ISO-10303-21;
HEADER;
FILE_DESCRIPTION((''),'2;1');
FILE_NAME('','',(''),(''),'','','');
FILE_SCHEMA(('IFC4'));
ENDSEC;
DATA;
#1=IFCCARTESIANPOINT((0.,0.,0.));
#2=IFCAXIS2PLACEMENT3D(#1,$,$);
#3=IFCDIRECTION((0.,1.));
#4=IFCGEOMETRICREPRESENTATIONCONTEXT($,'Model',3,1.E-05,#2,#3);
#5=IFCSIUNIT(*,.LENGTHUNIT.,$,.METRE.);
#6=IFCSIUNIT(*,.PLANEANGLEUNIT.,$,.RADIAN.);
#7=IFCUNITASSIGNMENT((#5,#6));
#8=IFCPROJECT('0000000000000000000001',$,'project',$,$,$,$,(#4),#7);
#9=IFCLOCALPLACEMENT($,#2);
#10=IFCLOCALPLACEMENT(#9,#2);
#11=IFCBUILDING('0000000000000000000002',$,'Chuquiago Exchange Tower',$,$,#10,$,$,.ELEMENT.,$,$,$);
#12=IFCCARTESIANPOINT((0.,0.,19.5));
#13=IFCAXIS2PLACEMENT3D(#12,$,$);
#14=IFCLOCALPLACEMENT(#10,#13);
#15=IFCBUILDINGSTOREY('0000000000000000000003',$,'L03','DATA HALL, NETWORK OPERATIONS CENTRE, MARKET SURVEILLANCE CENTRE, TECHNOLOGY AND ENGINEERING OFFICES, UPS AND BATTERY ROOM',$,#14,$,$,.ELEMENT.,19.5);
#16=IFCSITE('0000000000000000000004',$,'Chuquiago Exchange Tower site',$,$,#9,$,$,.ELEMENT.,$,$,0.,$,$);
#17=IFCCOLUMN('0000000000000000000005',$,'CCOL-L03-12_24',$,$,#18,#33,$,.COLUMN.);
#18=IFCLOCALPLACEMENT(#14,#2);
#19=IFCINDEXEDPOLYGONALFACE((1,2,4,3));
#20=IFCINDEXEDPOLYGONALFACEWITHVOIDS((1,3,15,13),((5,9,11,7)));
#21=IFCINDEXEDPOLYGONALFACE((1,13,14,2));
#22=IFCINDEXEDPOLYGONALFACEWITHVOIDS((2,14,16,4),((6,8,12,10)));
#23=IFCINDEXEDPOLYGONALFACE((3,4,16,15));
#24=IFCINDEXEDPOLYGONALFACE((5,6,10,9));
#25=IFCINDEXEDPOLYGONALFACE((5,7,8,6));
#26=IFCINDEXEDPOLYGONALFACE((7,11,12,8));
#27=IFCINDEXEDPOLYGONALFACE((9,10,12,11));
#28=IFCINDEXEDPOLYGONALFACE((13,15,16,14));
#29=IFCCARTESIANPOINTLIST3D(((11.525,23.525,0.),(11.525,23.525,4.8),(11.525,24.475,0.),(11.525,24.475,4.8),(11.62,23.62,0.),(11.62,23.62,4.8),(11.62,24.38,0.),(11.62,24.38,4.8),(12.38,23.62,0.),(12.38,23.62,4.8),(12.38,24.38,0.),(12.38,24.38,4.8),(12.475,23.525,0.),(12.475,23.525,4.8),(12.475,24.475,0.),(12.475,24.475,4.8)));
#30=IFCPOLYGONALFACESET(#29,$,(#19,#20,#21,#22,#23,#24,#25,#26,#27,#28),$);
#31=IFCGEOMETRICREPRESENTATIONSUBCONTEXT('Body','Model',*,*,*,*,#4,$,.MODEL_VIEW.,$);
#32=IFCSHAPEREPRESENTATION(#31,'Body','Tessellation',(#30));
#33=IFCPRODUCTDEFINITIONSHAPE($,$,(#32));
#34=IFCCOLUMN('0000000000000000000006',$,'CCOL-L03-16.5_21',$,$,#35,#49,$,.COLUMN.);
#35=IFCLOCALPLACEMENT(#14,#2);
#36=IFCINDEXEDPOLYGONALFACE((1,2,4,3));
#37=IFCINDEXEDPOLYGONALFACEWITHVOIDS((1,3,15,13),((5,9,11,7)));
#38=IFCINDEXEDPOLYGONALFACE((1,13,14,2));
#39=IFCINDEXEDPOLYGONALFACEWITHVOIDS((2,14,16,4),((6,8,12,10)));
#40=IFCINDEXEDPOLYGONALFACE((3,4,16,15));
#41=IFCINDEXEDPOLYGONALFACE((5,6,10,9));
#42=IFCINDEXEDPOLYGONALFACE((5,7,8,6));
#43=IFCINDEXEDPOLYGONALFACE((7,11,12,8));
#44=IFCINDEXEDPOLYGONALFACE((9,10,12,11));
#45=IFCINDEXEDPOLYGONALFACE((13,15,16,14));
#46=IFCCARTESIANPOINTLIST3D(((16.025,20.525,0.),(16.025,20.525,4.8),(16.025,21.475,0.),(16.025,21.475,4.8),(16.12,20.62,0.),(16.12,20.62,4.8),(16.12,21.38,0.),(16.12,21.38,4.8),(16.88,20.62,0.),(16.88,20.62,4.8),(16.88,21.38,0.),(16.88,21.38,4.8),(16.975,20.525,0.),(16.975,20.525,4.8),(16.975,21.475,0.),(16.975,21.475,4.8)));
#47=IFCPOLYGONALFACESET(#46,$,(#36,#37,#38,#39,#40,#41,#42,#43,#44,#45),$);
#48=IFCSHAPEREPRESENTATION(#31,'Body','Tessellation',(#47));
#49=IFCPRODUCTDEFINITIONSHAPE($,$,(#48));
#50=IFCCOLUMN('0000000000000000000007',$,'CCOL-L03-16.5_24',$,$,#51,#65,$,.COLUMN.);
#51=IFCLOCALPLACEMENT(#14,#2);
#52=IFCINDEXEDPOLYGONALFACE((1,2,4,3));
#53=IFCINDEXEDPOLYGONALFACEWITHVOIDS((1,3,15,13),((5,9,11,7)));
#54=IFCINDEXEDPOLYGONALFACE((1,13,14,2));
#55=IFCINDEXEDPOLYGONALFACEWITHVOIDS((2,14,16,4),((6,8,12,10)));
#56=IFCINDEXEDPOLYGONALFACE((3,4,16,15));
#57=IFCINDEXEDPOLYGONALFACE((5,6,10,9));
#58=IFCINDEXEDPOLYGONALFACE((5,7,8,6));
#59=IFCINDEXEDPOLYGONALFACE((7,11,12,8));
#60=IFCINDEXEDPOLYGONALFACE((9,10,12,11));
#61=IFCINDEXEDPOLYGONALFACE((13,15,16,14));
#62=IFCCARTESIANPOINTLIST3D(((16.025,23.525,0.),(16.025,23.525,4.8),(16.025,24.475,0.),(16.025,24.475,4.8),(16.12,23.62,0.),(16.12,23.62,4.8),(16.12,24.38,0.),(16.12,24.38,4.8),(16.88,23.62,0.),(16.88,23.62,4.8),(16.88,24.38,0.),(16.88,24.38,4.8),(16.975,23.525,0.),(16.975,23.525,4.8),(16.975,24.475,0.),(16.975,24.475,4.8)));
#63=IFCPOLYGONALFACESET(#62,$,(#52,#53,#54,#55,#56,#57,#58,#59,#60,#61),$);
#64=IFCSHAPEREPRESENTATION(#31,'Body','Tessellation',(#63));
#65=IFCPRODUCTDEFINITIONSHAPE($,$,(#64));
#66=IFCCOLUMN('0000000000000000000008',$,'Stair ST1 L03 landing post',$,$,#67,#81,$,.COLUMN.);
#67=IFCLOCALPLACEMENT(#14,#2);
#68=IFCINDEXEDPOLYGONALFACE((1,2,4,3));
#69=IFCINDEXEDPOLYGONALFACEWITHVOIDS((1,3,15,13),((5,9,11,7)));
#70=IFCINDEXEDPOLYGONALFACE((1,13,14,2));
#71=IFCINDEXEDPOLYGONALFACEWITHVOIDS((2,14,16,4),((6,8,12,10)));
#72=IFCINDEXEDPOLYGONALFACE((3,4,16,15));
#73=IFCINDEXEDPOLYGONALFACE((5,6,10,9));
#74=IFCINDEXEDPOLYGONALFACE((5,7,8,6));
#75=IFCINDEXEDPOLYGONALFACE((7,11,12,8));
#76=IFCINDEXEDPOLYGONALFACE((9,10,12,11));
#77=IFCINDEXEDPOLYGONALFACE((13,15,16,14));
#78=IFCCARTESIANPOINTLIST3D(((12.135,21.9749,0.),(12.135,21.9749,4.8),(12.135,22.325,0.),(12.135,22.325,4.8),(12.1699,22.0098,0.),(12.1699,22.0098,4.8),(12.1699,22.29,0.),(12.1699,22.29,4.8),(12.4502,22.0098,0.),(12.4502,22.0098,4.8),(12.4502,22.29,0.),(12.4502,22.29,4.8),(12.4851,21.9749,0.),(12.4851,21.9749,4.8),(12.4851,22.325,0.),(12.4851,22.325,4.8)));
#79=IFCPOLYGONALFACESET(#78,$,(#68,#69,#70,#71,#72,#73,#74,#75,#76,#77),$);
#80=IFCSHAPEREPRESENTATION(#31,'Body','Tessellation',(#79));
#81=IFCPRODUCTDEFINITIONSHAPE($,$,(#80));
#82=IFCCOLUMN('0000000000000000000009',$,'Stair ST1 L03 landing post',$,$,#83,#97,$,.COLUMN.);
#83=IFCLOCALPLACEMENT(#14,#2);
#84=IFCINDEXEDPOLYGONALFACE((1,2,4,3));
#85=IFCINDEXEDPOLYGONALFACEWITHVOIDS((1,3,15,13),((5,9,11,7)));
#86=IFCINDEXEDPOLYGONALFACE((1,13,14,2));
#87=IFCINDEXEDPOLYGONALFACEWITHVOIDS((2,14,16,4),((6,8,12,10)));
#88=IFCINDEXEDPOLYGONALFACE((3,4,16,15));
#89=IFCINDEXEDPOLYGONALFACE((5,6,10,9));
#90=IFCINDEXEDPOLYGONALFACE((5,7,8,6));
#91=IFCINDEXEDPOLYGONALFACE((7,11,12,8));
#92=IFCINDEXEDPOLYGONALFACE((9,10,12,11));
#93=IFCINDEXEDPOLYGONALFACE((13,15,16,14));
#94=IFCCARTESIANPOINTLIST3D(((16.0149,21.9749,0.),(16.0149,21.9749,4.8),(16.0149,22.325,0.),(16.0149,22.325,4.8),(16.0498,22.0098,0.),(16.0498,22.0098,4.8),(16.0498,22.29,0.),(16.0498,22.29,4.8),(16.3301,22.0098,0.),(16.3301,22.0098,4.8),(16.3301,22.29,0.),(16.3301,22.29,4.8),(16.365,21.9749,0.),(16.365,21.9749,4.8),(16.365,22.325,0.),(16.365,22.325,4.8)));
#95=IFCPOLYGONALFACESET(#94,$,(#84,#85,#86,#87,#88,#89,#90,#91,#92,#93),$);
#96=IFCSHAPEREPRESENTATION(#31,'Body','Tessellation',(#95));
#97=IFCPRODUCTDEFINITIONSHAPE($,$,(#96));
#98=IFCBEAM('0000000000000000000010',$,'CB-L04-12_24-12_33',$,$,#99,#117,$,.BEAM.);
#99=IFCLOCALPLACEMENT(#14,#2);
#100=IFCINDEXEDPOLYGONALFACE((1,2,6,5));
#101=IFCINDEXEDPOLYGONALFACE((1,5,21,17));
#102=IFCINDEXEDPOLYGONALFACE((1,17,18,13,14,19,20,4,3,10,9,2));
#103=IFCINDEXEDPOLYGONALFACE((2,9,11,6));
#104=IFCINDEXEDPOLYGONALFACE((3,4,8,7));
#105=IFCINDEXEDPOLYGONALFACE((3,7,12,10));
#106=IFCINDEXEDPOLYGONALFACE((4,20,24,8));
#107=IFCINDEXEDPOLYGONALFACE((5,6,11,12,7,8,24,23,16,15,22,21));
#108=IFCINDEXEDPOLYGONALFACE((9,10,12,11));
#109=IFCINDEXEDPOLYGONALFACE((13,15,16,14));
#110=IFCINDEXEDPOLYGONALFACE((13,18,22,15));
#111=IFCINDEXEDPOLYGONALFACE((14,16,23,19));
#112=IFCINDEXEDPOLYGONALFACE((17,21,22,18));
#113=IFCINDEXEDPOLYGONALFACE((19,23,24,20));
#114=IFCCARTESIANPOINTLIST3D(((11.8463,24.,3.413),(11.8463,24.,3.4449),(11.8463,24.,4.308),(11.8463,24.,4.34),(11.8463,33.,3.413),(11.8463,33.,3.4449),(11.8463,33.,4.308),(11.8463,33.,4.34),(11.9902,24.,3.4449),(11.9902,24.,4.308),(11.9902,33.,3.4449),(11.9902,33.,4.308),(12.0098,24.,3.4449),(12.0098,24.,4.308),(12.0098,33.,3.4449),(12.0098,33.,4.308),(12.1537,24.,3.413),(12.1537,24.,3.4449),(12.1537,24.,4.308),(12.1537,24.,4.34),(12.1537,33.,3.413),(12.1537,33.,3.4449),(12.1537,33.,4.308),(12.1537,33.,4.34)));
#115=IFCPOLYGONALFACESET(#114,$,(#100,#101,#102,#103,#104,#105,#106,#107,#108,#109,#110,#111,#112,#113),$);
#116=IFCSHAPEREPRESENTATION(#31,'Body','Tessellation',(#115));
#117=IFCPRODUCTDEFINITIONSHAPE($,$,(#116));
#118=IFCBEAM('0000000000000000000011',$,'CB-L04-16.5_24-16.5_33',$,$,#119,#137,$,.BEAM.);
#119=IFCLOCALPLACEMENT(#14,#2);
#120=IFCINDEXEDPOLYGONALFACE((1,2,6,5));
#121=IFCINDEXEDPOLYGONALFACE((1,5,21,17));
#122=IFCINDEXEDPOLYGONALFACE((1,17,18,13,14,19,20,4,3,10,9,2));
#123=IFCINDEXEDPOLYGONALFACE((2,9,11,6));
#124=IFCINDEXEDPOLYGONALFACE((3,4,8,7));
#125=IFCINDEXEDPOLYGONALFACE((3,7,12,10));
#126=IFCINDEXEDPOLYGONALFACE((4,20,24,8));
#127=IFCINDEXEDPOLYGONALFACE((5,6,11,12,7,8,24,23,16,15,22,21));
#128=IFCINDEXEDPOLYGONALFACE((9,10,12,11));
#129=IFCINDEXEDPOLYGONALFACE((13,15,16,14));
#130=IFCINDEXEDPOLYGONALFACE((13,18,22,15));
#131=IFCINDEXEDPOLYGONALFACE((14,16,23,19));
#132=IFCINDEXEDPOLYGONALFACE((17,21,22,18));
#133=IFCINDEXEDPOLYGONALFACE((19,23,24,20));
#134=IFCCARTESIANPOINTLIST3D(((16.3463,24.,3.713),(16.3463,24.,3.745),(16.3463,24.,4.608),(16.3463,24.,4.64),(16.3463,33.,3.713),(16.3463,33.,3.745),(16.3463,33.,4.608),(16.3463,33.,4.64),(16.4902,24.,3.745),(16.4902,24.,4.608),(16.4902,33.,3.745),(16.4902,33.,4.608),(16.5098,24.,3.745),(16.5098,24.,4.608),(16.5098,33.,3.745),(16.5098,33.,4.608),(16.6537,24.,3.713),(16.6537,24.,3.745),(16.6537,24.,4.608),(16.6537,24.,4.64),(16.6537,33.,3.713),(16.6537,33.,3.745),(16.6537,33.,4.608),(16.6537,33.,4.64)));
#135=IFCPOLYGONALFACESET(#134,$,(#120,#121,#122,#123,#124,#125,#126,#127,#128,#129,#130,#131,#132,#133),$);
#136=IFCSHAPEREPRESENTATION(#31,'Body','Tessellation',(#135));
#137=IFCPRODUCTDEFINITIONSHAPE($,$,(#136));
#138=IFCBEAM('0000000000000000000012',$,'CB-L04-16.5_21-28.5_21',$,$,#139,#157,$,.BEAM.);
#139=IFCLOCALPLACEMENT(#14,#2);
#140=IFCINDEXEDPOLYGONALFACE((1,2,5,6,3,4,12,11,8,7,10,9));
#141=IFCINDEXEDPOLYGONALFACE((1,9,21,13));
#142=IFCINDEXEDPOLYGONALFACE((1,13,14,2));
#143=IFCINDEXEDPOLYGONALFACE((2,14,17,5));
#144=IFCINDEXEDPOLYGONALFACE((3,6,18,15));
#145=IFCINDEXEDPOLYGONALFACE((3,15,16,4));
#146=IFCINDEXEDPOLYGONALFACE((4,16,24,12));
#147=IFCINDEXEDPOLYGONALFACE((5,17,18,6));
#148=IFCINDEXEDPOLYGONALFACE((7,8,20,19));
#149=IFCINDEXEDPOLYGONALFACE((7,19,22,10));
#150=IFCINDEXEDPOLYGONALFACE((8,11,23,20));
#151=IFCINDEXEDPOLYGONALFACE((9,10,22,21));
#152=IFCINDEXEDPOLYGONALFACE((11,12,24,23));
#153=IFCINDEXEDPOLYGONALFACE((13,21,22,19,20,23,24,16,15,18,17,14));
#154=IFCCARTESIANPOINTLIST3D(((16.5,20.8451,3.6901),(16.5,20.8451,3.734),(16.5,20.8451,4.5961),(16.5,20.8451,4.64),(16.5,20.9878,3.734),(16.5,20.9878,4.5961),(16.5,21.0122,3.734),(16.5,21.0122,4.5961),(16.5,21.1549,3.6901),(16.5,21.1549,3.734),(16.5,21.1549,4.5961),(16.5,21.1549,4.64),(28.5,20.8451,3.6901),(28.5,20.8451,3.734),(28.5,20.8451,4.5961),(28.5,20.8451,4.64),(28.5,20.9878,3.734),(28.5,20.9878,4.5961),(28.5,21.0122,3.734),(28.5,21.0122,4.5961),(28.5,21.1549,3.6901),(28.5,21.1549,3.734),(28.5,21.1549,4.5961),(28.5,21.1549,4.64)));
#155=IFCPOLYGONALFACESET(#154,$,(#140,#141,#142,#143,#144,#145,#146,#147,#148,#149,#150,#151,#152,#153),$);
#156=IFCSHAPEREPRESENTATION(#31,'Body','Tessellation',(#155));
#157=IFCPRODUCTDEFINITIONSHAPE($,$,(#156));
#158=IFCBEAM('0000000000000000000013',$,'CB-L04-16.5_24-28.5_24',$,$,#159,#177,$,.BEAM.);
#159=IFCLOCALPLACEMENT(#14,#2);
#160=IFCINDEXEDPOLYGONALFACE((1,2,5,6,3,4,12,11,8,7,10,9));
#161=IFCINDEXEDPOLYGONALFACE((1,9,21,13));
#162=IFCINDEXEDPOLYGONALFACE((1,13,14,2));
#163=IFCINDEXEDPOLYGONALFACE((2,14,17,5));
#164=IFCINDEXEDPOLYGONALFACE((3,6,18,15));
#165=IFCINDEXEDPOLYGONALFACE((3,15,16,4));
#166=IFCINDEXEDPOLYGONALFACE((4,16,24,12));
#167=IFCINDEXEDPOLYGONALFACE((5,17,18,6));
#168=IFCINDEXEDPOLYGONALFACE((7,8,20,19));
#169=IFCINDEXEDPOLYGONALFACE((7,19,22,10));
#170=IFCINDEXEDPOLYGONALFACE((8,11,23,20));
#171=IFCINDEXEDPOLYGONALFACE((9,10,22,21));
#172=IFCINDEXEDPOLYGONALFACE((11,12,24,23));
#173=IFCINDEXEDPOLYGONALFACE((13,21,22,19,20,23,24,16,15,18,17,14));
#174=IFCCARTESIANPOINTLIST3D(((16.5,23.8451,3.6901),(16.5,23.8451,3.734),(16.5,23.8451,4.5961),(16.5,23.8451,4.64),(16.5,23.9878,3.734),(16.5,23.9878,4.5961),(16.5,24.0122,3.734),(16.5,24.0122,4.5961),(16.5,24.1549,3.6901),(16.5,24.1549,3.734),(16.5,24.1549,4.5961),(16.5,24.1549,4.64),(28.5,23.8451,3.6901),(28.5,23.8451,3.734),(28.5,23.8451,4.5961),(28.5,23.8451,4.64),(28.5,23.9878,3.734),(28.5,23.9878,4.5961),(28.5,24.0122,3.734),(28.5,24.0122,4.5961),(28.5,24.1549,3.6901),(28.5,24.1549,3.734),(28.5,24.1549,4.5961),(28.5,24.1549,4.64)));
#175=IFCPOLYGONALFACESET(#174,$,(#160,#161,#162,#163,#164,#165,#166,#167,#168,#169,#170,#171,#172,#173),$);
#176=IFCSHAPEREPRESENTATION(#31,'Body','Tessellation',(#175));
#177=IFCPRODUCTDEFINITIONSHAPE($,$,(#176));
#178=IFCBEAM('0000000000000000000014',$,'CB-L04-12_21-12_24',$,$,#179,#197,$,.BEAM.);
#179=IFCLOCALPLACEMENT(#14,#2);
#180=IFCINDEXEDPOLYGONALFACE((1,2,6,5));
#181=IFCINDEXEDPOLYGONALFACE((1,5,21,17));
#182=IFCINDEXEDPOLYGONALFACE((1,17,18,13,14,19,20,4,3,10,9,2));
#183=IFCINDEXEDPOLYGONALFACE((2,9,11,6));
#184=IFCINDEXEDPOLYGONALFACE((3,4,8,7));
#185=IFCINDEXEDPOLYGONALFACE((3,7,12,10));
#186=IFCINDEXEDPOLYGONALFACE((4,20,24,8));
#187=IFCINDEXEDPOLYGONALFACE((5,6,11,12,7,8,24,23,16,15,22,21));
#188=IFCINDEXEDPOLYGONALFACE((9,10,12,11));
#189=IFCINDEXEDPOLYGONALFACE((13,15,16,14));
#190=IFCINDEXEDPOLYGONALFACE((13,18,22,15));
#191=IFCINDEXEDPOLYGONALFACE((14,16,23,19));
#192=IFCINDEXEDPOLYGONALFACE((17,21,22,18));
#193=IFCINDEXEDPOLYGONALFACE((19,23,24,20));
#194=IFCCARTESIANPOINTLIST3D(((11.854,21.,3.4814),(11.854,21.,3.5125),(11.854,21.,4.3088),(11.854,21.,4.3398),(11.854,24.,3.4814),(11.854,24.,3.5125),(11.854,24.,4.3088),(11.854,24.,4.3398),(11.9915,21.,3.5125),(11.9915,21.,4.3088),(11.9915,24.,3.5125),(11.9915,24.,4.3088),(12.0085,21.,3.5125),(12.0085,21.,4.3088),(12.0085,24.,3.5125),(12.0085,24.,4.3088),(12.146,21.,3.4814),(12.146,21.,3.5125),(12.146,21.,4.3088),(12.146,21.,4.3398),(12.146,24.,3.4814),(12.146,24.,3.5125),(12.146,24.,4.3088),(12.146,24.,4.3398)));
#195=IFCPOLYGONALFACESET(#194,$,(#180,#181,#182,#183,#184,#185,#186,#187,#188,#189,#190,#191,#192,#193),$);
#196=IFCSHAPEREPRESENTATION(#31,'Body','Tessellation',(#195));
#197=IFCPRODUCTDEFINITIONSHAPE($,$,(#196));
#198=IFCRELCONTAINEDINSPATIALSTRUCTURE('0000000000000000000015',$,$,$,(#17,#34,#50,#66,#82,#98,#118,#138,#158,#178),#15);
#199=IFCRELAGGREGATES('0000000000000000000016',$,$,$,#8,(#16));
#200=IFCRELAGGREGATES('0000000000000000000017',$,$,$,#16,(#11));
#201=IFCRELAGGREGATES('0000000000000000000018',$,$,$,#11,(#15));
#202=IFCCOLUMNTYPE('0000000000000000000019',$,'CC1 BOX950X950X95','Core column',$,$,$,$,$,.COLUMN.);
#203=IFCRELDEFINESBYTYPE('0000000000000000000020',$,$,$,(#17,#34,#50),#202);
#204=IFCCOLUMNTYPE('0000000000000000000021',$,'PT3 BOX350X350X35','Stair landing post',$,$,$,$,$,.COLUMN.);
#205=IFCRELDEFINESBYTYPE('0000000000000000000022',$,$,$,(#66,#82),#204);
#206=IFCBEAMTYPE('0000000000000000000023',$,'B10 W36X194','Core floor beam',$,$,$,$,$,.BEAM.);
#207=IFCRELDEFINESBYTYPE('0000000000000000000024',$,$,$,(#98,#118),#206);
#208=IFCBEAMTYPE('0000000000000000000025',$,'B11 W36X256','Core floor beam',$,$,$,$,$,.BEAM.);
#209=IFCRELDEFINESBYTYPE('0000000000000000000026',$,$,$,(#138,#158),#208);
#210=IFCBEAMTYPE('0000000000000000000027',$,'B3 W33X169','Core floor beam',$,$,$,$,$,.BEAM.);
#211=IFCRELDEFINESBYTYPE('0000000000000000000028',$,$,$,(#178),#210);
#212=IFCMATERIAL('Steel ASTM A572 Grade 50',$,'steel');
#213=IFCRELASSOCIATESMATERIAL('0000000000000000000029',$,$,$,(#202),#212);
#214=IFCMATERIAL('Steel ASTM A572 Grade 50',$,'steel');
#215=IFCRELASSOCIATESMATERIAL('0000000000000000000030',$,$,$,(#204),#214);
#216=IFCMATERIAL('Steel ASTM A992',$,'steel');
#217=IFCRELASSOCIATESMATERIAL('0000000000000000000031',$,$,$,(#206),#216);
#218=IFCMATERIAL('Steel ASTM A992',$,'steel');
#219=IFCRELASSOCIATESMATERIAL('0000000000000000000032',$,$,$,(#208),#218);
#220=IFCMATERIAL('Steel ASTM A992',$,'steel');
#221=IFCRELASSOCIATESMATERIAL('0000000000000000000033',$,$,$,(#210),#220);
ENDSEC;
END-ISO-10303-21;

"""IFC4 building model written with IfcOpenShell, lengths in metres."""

from ifc_helpers import new_model, si_unit, direction, frame, origin, origin_2d, place, context, subcontext, project, spatial, hollow_rectangle, i_section, extrude, material, material_profile, profile_set, type_object, element, save


model = new_model("IFC4")

# Units and contexts
model_context = context("Model", 3, precision=1e-05, world=origin(), true_north=direction((0.0, 1.0)))
body_context = subcontext(model_context, "Body", "Model", "MODEL_VIEW")
ifc_project = project(units=[si_unit("LENGTHUNIT", "METRE"), si_unit("PLANEANGLEUNIT", "RADIAN")], contexts=[model_context])

# Site, building, storey
site_placement = place(None, origin())
site = spatial("IfcSite", under=ifc_project, at=site_placement, Name="Chuquiago Exchange Tower site", CompositionType="ELEMENT", RefElevation=0.0)
building_placement = place(site_placement, origin())
building = spatial("IfcBuilding", under=site, at=building_placement, Name="Chuquiago Exchange Tower", CompositionType="ELEMENT")
storey_placement = place(building_placement, frame((0.0, 0.0, 19.5)))
storey = spatial("IfcBuildingStorey", under=building, at=storey_placement, Name="L03", Description="DATA HALL, NETWORK OPERATIONS CENTRE, MARKET SURVEILLANCE CENTRE, TECHNOLOGY AND ENGINEERING OFFICES, UPS AND BATTERY ROOM", CompositionType="ELEMENT", Elevation=19.5)

# Columns
ifc_material_1 = material(Name="Steel ASTM A572 Grade 50", Category="steel")
ifc_material_profile_1 = material_profile(ifc_material_1, hollow_rectangle(XDim=0.95, YDim=0.95, WallThickness=0.095, at=origin_2d()), Name="BOX950X950X95")
ifc_profile_set_1 = profile_set([ifc_material_profile_1], Name="Steel ASTM A572 Grade 50")
column_type_1 = type_object("IfcColumnType", Name="CC1 BOX950X950X95", Description="Core column", PredefinedType="COLUMN", material=ifc_profile_set_1)
for number, where, z_axis, x_axis, name in (
    (1, (12.0, 24.0, 0.0), (0.0, 0.0, 1.0), (1.0, 0.0, 0.0), "CCOL-L03-12_24"),
    (2, (16.5, 21.0, 0.0), (0.0, 0.0, 1.0), (1.0, 0.0, 0.0), "CCOL-L03-16.5_21"),
    (3, (16.5, 24.0, 0.0), (0.0, 0.0, 1.0), (1.0, 0.0, 0.0), "CCOL-L03-16.5_24"),
):
    element("IfcColumn", number, at=place(storey_placement, frame(where, z_axis=z_axis, x_axis=x_axis)), inside=storey, type_object=column_type_1, Name=name, PredefinedType="COLUMN", context=body_context, shape_type="SweptSolid", body=[
        extrude(hollow_rectangle(XDim=0.95, YDim=0.95, WallThickness=0.095, at=origin_2d()), origin(), (0.0, 0.0, 1.0), 4.8),
    ])
ifc_material_2 = material(Name="Steel ASTM A572 Grade 50", Category="steel")
ifc_material_profile_2 = material_profile(ifc_material_2, hollow_rectangle(XDim=0.3501, YDim=0.3501, WallThickness=0.0349, at=origin_2d()), Name="BOX350X350X35")
ifc_profile_set_2 = profile_set([ifc_material_profile_2], Name="Steel ASTM A572 Grade 50")
column_type_2 = type_object("IfcColumnType", Name="PT3 BOX350X350X35", Description="Stair landing post", PredefinedType="COLUMN", material=ifc_profile_set_2)
for number, where, z_axis, x_axis, name in (
    (4, (12.3101, 22.1499, 0.0), (0.0, 0.0, 1.0), (1.0, 0.0, 0.0), "Stair ST1 L03 landing post"),
    (5, (16.1899, 22.1499, 0.0), (0.0, 0.0, 1.0), (1.0, 0.0, 0.0), "Stair ST1 L03 landing post"),
):
    element("IfcColumn", number, at=place(storey_placement, frame(where, z_axis=z_axis, x_axis=x_axis)), inside=storey, type_object=column_type_2, Name=name, PredefinedType="COLUMN", context=body_context, shape_type="SweptSolid", body=[
        extrude(hollow_rectangle(XDim=0.3501, YDim=0.3501, WallThickness=0.0349, at=origin_2d()), origin(), (0.0, 0.0, 1.0), 4.8),
    ])

# Beams
ifc_material_3 = material(Name="Steel ASTM A992", Category="steel")
ifc_material_profile_3 = material_profile(ifc_material_3, i_section(OverallWidth=0.3074, OverallDepth=0.927, WebThickness=0.0195, FlangeThickness=0.032, at=origin_2d()), Name="W36X194")
ifc_profile_set_3 = profile_set([ifc_material_profile_3], Name="Steel ASTM A992")
beam_type_1 = type_object("IfcBeamType", Name="B10 W36X194", Description="Core floor beam", PredefinedType="BEAM", material=ifc_profile_set_3)
for number, where, z_axis, x_axis, name in (
    (6, (12.0, 24.0, 3.8765), (0.0, 1.0, 0.0), (-1.0, 0.0, 0.0), "CB-L04-12_24-12_33"),
    (7, (16.5, 24.0, 4.1765), (0.0, 1.0, 0.0), (-1.0, 0.0, 0.0), "CB-L04-16.5_24-16.5_33"),
):
    element("IfcBeam", number, at=place(storey_placement, frame(where, z_axis=z_axis, x_axis=x_axis)), inside=storey, type_object=beam_type_1, Name=name, PredefinedType="BEAM", context=body_context, shape_type="SweptSolid", body=[
        extrude(i_section(OverallWidth=0.3074, OverallDepth=0.927, WebThickness=0.0195, FlangeThickness=0.032, at=origin_2d()), origin(), (0.0, 0.0, 1.0), 9.0),
    ])
ifc_material_4 = material(Name="Steel ASTM A992", Category="steel")
ifc_material_profile_4 = material_profile(ifc_material_4, i_section(OverallWidth=0.3098, OverallDepth=0.95, WebThickness=0.0244, FlangeThickness=0.0439, at=origin_2d()), Name="W36X256")
ifc_profile_set_4 = profile_set([ifc_material_profile_4], Name="Steel ASTM A992")
beam_type_2 = type_object("IfcBeamType", Name="B11 W36X256", Description="Core floor beam", PredefinedType="BEAM", material=ifc_profile_set_4)
for number, where, z_axis, x_axis, name in (
    (8, (16.5, 21.0, 4.165), (1.0, 0.0, 0.0), (0.0, 1.0, 0.0), "CB-L04-16.5_21-28.5_21"),
    (9, (16.5, 24.0, 4.165), (1.0, 0.0, 0.0), (0.0, 1.0, 0.0), "CB-L04-16.5_24-28.5_24"),
):
    element("IfcBeam", number, at=place(storey_placement, frame(where, z_axis=z_axis, x_axis=x_axis)), inside=storey, type_object=beam_type_2, Name=name, PredefinedType="BEAM", context=body_context, shape_type="SweptSolid", body=[
        extrude(i_section(OverallWidth=0.3098, OverallDepth=0.95, WebThickness=0.0244, FlangeThickness=0.0439, at=origin_2d()), origin(), (0.0, 0.0, 1.0), 12.0),
    ])
ifc_material_5 = material(Name="Steel ASTM A992", Category="steel")
ifc_material_profile_5 = material_profile(ifc_material_5, i_section(OverallWidth=0.292, OverallDepth=0.8584, WebThickness=0.0171, FlangeThickness=0.031, at=origin_2d()), Name="W33X169")
ifc_profile_set_5 = profile_set([ifc_material_profile_5], Name="Steel ASTM A992")
beam_type_3 = type_object("IfcBeamType", Name="B3 W33X169", Description="Core floor beam", PredefinedType="BEAM", material=ifc_profile_set_5)
for number, where, z_axis, x_axis, name in (
    (10, (12.0, 21.0, 3.9106), (0.0, 1.0, 0.0), (-1.0, 0.0, 0.0), "CB-L04-12_21-12_24"),
):
    element("IfcBeam", number, at=place(storey_placement, frame(where, z_axis=z_axis, x_axis=x_axis)), inside=storey, type_object=beam_type_3, Name=name, PredefinedType="BEAM", context=body_context, shape_type="SweptSolid", body=[
        extrude(i_section(OverallWidth=0.292, OverallDepth=0.8584, WebThickness=0.0171, FlangeThickness=0.031, at=origin_2d()), origin(), (0.0, 0.0, 1.0), 3.0),
    ])

save(model, "model.ifc")
